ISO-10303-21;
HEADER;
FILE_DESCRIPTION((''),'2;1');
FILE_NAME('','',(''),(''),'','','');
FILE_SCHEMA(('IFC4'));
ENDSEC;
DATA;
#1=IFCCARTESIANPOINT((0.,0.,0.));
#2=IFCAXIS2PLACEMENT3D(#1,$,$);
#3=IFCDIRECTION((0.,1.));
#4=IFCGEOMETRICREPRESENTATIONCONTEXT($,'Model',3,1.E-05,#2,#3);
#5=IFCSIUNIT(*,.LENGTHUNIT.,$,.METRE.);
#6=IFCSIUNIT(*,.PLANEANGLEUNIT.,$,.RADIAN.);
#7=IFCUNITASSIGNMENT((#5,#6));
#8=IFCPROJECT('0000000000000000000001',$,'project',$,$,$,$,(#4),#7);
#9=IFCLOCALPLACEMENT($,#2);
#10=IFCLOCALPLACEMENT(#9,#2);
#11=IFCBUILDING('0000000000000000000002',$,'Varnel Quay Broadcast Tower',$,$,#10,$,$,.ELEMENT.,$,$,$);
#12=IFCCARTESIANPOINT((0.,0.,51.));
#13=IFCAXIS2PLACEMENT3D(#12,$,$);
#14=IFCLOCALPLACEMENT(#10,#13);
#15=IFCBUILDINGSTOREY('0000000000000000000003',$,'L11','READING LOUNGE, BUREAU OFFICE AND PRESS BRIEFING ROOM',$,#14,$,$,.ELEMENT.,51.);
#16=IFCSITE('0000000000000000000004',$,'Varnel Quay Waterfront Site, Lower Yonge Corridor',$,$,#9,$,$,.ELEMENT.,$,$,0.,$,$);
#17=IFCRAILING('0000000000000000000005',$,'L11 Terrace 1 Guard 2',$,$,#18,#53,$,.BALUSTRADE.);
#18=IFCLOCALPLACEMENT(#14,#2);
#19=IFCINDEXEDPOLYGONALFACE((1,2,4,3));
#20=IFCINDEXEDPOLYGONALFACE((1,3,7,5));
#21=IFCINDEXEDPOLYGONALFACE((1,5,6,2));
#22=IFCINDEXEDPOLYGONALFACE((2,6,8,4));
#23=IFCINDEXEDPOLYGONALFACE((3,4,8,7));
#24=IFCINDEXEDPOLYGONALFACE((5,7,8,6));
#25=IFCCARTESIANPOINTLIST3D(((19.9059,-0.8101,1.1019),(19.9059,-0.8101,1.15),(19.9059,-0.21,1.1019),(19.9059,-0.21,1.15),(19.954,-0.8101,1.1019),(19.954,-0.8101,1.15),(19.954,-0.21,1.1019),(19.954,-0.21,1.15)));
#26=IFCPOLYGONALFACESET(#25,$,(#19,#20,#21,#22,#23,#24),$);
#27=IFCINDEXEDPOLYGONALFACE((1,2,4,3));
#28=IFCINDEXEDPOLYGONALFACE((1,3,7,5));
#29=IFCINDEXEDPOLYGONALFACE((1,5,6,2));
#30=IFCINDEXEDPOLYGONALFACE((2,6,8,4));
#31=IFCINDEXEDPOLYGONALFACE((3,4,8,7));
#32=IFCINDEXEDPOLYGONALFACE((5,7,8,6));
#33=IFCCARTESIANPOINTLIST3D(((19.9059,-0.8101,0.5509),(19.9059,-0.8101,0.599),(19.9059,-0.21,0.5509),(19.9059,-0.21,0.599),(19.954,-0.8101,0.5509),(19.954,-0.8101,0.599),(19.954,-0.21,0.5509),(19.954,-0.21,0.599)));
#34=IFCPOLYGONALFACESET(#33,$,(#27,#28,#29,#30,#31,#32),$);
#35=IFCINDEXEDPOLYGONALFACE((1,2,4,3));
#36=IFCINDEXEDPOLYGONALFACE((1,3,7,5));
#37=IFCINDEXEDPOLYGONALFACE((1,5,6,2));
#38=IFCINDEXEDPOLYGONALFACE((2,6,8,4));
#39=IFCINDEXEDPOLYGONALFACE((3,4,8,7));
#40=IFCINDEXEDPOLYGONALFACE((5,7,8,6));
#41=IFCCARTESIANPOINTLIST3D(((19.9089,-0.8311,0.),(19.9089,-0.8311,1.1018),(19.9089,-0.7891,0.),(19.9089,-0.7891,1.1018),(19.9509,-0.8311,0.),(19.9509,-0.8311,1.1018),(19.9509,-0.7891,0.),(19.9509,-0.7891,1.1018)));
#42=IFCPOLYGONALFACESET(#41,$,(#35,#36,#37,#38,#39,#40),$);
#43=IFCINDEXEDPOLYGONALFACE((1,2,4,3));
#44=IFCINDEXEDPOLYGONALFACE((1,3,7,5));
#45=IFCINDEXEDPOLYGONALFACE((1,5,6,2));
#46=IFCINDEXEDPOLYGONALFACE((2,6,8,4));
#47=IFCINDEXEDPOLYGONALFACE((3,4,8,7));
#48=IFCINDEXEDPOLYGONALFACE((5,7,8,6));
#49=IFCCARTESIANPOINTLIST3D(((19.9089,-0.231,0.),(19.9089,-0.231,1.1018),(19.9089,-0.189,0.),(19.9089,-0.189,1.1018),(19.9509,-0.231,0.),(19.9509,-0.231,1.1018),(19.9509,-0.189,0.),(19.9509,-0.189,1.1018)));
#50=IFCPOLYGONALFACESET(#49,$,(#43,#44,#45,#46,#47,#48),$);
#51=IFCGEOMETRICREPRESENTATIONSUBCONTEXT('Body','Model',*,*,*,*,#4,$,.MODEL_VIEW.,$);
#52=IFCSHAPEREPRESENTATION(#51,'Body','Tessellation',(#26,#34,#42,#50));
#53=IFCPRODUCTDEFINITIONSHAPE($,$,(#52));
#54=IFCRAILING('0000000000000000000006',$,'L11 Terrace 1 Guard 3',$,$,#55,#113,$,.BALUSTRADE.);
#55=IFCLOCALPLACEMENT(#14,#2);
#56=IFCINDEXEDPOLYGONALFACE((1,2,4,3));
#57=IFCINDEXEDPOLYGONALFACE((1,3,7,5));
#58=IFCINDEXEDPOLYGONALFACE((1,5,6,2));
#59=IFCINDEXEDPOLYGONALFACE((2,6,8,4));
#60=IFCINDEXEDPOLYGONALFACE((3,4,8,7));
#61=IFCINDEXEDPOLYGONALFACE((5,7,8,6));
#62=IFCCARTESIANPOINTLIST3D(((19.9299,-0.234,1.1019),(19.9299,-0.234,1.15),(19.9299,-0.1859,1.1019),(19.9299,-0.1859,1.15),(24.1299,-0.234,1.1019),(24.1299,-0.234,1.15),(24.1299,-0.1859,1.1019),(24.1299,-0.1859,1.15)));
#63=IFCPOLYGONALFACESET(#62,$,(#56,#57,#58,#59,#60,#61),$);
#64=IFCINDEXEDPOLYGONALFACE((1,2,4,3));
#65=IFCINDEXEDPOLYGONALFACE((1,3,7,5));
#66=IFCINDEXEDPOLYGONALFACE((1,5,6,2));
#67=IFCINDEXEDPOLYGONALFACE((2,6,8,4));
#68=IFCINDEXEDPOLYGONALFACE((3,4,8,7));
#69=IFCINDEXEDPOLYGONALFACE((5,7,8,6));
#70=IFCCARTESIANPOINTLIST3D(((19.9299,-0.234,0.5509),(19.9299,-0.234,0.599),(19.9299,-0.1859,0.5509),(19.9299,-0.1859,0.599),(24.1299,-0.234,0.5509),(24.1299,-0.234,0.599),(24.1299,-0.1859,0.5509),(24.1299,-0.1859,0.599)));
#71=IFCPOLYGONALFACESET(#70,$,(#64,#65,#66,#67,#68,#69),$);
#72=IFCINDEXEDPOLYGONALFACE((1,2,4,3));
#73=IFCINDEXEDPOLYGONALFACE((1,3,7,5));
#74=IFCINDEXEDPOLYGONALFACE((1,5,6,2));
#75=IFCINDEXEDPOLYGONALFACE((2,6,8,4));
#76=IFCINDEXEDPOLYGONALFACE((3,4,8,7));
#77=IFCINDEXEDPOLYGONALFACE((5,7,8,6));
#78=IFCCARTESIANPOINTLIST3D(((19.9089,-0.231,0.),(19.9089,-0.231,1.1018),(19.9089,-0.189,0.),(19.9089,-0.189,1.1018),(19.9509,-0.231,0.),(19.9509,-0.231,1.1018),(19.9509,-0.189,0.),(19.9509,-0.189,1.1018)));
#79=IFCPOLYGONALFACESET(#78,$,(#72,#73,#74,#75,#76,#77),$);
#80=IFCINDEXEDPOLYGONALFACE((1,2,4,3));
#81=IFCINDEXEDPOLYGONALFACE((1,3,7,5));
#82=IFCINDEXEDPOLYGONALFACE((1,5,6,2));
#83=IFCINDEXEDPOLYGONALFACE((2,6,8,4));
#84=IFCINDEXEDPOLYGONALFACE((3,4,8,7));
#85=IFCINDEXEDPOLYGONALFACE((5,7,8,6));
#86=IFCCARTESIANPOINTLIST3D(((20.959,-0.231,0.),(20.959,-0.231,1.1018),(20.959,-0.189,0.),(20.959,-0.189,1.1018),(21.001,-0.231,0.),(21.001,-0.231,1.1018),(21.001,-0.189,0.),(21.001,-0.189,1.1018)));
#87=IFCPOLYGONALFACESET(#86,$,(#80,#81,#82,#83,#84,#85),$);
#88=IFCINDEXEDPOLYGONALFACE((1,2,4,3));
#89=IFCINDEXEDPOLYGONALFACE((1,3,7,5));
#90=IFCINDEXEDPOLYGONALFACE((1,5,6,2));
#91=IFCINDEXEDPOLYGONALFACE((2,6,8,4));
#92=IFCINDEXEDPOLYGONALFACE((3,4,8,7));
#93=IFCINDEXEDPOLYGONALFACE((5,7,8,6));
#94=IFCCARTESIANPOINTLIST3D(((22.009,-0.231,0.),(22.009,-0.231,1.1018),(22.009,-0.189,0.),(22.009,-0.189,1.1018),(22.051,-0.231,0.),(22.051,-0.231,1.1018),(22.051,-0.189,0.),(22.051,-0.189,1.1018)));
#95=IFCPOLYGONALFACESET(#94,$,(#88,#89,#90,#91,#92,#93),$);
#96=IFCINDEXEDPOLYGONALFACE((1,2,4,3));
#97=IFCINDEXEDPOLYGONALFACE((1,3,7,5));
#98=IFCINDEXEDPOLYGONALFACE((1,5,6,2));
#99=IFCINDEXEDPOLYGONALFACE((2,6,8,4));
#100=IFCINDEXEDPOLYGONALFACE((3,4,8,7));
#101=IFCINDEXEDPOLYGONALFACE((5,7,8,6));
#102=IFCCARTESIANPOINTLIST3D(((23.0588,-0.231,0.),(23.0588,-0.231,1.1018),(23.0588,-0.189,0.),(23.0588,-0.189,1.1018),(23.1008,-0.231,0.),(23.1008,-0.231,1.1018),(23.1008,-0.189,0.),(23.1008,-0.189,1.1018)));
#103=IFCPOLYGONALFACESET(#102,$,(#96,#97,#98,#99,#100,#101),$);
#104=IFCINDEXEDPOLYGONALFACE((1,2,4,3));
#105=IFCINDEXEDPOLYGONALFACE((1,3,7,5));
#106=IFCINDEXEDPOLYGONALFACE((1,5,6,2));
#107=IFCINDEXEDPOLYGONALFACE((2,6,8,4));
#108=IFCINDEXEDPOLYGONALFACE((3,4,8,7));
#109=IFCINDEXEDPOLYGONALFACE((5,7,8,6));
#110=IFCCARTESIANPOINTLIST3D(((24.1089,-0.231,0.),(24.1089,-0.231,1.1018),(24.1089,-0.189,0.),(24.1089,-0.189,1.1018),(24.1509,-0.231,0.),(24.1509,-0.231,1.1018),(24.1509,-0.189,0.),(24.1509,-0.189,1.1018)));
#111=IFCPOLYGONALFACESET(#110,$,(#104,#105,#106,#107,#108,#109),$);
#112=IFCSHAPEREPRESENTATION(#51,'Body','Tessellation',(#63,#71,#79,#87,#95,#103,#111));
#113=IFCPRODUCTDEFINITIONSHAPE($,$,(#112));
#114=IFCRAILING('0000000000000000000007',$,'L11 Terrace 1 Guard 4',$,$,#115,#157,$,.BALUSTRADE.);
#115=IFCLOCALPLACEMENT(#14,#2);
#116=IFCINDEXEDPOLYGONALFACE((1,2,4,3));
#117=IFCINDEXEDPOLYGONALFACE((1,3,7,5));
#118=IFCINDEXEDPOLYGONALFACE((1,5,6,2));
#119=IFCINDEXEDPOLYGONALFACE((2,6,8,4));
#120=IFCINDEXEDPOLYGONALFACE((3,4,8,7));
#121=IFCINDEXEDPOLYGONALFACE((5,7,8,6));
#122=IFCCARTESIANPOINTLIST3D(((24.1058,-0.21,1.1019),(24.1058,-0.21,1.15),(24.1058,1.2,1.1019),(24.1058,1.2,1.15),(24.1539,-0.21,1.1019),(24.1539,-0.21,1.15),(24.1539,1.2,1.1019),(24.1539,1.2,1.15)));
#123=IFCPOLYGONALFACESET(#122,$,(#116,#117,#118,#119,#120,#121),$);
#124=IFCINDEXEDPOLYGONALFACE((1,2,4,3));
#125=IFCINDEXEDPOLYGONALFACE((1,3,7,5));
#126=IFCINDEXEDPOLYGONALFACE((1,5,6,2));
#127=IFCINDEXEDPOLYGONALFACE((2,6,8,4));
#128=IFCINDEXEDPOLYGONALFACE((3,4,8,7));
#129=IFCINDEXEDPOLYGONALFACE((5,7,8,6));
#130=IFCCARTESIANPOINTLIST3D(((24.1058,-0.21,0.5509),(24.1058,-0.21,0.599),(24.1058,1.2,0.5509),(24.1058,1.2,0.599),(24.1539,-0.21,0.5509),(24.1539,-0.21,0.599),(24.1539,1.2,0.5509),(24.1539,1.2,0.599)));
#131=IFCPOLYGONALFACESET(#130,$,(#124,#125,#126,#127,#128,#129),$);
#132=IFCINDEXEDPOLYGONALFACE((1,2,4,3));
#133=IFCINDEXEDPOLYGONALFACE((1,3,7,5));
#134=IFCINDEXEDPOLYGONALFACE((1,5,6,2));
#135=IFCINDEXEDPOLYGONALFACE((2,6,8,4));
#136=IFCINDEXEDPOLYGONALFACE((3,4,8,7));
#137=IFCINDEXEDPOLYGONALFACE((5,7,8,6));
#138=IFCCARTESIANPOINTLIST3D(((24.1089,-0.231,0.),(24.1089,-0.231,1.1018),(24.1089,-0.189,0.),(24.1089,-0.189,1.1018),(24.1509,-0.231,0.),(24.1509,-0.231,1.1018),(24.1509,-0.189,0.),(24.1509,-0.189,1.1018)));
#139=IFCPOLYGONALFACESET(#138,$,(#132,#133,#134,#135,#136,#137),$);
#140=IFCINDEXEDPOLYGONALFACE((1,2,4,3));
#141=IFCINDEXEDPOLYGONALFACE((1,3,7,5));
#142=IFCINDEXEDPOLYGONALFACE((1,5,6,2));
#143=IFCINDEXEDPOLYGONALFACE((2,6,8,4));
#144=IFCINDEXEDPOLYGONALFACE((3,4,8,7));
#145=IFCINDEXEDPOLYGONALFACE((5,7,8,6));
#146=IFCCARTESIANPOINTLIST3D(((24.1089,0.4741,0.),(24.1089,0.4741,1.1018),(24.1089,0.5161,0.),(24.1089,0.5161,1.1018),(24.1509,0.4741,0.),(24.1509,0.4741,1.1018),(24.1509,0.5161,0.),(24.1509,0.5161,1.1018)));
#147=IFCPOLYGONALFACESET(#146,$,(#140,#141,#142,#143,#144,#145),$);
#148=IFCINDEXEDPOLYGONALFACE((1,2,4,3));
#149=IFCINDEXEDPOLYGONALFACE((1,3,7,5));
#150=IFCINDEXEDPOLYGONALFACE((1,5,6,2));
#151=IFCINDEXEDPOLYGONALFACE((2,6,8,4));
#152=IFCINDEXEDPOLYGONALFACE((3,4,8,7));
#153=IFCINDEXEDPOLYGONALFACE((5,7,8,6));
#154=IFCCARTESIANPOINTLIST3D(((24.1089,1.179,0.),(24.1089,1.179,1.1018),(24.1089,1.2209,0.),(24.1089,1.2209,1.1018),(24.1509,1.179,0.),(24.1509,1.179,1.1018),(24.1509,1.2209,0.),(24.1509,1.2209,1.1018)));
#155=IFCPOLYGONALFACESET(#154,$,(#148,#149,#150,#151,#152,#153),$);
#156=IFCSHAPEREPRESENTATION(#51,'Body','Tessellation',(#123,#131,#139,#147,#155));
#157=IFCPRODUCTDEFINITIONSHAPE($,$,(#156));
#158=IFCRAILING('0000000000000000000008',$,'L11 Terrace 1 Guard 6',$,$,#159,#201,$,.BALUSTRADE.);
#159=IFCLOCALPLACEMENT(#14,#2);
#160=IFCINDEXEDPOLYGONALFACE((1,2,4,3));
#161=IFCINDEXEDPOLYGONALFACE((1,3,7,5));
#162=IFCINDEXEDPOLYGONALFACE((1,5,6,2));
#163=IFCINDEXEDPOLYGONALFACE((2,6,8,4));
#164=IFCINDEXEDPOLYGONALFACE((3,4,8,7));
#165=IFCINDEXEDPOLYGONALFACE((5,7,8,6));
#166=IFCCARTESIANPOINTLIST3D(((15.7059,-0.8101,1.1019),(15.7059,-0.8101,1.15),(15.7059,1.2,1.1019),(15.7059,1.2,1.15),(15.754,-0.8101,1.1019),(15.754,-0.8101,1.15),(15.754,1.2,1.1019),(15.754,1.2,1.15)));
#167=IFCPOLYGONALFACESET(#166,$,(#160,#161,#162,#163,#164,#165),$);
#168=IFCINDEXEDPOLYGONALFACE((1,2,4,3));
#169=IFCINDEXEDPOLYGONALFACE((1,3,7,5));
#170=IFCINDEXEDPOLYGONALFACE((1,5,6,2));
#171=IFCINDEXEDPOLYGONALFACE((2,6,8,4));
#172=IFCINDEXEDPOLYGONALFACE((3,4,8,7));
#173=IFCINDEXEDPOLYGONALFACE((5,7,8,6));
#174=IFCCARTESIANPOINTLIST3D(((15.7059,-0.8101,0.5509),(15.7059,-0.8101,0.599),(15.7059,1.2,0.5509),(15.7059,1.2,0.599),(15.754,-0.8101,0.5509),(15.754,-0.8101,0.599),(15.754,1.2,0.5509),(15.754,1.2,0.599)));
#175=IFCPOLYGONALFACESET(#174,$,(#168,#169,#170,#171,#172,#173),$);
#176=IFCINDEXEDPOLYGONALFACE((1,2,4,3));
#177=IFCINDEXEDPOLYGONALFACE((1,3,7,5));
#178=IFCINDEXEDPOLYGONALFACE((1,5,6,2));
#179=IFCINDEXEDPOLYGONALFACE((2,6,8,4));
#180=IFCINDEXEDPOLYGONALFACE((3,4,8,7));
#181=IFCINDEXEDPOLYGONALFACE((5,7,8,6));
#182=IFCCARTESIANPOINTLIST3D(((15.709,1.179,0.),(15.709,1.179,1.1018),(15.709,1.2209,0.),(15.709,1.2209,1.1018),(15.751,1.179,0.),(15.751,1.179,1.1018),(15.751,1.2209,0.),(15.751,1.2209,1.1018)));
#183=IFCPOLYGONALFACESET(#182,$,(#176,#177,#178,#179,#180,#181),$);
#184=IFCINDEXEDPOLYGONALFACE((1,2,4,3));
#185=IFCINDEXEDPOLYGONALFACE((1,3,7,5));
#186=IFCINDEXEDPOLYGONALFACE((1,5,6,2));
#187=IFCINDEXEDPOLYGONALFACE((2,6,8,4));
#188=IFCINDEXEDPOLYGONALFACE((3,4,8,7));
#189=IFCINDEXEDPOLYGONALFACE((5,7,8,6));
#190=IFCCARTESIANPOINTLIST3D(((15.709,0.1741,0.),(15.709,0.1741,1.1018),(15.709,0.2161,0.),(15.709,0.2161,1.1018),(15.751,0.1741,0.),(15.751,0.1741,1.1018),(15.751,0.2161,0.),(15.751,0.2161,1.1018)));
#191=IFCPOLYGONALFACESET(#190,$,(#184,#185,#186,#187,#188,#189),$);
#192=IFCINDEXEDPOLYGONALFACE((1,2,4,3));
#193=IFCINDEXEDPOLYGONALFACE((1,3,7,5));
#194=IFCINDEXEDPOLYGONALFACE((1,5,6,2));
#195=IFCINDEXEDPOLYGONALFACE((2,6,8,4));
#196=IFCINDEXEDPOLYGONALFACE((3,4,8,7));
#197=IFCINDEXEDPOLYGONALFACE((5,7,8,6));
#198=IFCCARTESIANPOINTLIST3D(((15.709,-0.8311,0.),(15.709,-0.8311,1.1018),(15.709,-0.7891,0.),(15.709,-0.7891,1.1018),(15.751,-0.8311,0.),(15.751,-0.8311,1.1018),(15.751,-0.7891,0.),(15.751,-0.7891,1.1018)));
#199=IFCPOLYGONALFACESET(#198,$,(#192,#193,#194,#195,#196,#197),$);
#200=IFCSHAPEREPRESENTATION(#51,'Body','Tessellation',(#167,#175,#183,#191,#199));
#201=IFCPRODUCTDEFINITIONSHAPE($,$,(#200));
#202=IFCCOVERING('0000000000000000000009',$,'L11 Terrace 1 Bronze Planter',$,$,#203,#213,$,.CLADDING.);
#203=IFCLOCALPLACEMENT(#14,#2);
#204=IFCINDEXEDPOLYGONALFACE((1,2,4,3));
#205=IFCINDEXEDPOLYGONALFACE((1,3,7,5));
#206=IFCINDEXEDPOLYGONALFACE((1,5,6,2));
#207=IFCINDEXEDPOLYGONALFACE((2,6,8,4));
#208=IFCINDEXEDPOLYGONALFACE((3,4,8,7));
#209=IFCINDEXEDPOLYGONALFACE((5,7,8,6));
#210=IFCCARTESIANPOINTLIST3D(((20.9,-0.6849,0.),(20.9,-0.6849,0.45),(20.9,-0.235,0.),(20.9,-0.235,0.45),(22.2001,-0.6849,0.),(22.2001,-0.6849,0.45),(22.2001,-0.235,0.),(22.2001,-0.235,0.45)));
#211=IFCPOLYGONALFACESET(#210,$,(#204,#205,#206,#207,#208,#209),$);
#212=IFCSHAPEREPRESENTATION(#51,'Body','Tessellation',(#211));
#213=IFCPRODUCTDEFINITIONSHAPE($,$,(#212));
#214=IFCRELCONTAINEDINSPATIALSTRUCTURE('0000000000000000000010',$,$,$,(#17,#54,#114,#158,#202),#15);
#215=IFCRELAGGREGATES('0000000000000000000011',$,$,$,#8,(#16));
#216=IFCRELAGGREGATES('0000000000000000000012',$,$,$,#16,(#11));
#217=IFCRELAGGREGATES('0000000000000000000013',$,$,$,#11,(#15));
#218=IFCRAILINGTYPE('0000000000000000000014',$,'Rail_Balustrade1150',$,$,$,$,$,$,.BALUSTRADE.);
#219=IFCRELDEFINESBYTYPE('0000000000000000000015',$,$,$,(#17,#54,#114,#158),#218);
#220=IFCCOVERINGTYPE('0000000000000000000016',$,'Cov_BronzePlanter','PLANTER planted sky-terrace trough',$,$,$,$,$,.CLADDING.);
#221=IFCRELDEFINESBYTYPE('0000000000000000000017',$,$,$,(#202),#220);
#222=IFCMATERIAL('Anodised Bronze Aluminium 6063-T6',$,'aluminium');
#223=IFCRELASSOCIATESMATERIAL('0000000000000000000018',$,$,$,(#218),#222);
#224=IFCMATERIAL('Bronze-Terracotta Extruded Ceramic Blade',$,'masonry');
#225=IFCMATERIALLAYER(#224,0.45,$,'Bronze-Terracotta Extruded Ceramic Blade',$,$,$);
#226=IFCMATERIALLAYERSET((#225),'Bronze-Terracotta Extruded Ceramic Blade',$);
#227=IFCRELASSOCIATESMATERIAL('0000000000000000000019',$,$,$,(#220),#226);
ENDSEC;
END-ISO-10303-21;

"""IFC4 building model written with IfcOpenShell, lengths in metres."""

from ifc_helpers import new_model, si_unit, direction, frame, origin, origin_2d, place, context, subcontext, project, spatial, rectangle, extrude, source, transform, mapped, material, layer, layer_set, type_object, type_shapes, element, save


model = new_model("IFC4")

# Units and contexts
model_context = context("Model", 3, precision=1e-05, world=origin(), true_north=direction((0.0, 1.0)))
body_context = subcontext(model_context, "Body", "Model", "MODEL_VIEW")
ifc_project = project(units=[si_unit("LENGTHUNIT", "METRE"), si_unit("PLANEANGLEUNIT", "RADIAN")], contexts=[model_context])

# Site, building, storey
site_placement = place(None, origin())
site = spatial("IfcSite", under=ifc_project, at=site_placement, Name="Varnel Quay Waterfront Site, Lower Yonge Corridor", CompositionType="ELEMENT", RefElevation=0.0)
building_placement = place(site_placement, origin())
building = spatial("IfcBuilding", under=site, at=building_placement, Name="Varnel Quay Broadcast Tower", CompositionType="ELEMENT")
storey_placement = place(building_placement, frame((0.0, 0.0, 51.0)))
storey = spatial("IfcBuildingStorey", under=building, at=storey_placement, Name="L11", Description="READING LOUNGE, BUREAU OFFICE AND PRESS BRIEFING ROOM", CompositionType="ELEMENT", Elevation=51.0)

# Shared definitions
ifc_material_1 = material(Name="Anodised Bronze Aluminium 6063-T6", Category="aluminium")

# Railings
railing_type = type_object("IfcRailingType", Name="Rail_Balustrade1150", PredefinedType="BALUSTRADE", material=ifc_material_1)
railing_1_placement = place(storey_placement, frame((19.9299, -0.8101, 0.0)))
element("IfcRailing", 1, at=railing_1_placement, inside=storey, type_object=railing_type, Name="L11 Terrace 1 Guard 2", PredefinedType="BALUSTRADE", context=body_context, shape_type="SweptSolid", body=[
    extrude(rectangle(XDim=0.0481, YDim=0.0481, at=origin_2d()), frame((0.0, 0.0, 1.126), z_axis=(0.0, 1.0, 0.0), x_axis=(-1.0, 0.0, 0.0)), (0.0, 0.0, 1.0), 0.6001),
    extrude(rectangle(XDim=0.0481, YDim=0.0481, at=origin_2d()), frame((0.0, 0.0, 0.575), z_axis=(0.0, 1.0, 0.0), x_axis=(-1.0, 0.0, 0.0)), (0.0, 0.0, 1.0), 0.6001),
    extrude(rectangle(XDim=0.042, YDim=0.042, at=origin_2d()), origin(), (0.0, 0.0, 1.0), 1.1018),
    extrude(rectangle(XDim=0.042, YDim=0.042, at=origin_2d()), frame((0.0, 0.6001, 0.0)), (0.0, 0.0, 1.0), 1.1018),
])
railing_2_placement = place(storey_placement, frame((19.9299, -0.21, 0.0)))
element("IfcRailing", 2, at=railing_2_placement, inside=storey, type_object=railing_type, Name="L11 Terrace 1 Guard 3", PredefinedType="BALUSTRADE", context=body_context, shape_type="SweptSolid", body=[
    extrude(rectangle(XDim=0.0481, YDim=0.0481, at=origin_2d()), frame((0.0, 0.0, 1.126), z_axis=(1.0, 0.0, 0.0), x_axis=(0.0, 1.0, 0.0)), (0.0, 0.0, 1.0), 4.2),
    extrude(rectangle(XDim=0.0481, YDim=0.0481, at=origin_2d()), frame((0.0, 0.0, 0.575), z_axis=(1.0, 0.0, 0.0), x_axis=(0.0, 1.0, 0.0)), (0.0, 0.0, 1.0), 4.2),
    extrude(rectangle(XDim=0.042, YDim=0.042, at=origin_2d()), origin(), (0.0, 0.0, 1.0), 1.1018),
    extrude(rectangle(XDim=0.042, YDim=0.042, at=origin_2d()), frame((1.05, 0.0, 0.0)), (0.0, 0.0, 1.0), 1.1018),
    extrude(rectangle(XDim=0.042, YDim=0.042, at=origin_2d()), frame((2.1001, 0.0, 0.0)), (0.0, 0.0, 1.0), 1.1018),
    extrude(rectangle(XDim=0.042, YDim=0.042, at=origin_2d()), frame((3.1499, 0.0, 0.0)), (0.0, 0.0, 1.0), 1.1018),
    extrude(rectangle(XDim=0.042, YDim=0.042, at=origin_2d()), frame((4.2, 0.0, 0.0)), (0.0, 0.0, 1.0), 1.1018),
])
railing_3_placement = place(storey_placement, frame((24.1299, -0.21, 0.0)))
element("IfcRailing", 3, at=railing_3_placement, inside=storey, type_object=railing_type, Name="L11 Terrace 1 Guard 4", PredefinedType="BALUSTRADE", context=body_context, shape_type="SweptSolid", body=[
    extrude(rectangle(XDim=0.0481, YDim=0.0481, at=origin_2d()), frame((0.0, 0.0, 1.126), z_axis=(0.0, 1.0, 0.0), x_axis=(-1.0, 0.0, 0.0)), (0.0, 0.0, 1.0), 1.4099),
    extrude(rectangle(XDim=0.0481, YDim=0.0481, at=origin_2d()), frame((0.0, 0.0, 0.575), z_axis=(0.0, 1.0, 0.0), x_axis=(-1.0, 0.0, 0.0)), (0.0, 0.0, 1.0), 1.4099),
    extrude(rectangle(XDim=0.042, YDim=0.042, at=origin_2d()), origin(), (0.0, 0.0, 1.0), 1.1018),
    extrude(rectangle(XDim=0.042, YDim=0.042, at=origin_2d()), frame((0.0, 0.7051, 0.0)), (0.0, 0.0, 1.0), 1.1018),
    extrude(rectangle(XDim=0.042, YDim=0.042, at=origin_2d()), frame((0.0, 1.4099, 0.0)), (0.0, 0.0, 1.0), 1.1018),
])
railing_4_placement = place(storey_placement, frame((15.73, 1.2, 0.0)))
element("IfcRailing", 4, at=railing_4_placement, inside=storey, type_object=railing_type, Name="L11 Terrace 1 Guard 6", PredefinedType="BALUSTRADE", context=body_context, shape_type="SweptSolid", body=[
    extrude(rectangle(XDim=0.0481, YDim=0.0481, at=origin_2d()), frame((0.0, 0.0, 1.126), z_axis=(0.0, -1.0, 0.0), x_axis=(1.0, 0.0, 0.0)), (0.0, 0.0, 1.0), 2.01),
    extrude(rectangle(XDim=0.0481, YDim=0.0481, at=origin_2d()), frame((0.0, 0.0, 0.575), z_axis=(0.0, -1.0, 0.0), x_axis=(1.0, 0.0, 0.0)), (0.0, 0.0, 1.0), 2.01),
    extrude(rectangle(XDim=0.042, YDim=0.042, at=origin_2d()), origin(), (0.0, 0.0, 1.0), 1.1018),
    extrude(rectangle(XDim=0.042, YDim=0.042, at=origin_2d()), frame((0.0, -1.0049, 0.0)), (0.0, 0.0, 1.0), 1.1018),
    extrude(rectangle(XDim=0.042, YDim=0.042, at=origin_2d()), frame((0.0, -2.01, 0.0)), (0.0, 0.0, 1.0), 1.1018),
])

# Covering
ifc_material_2 = material(Name="Bronze-Terracotta Extruded Ceramic Blade", Category="masonry")
ifc_layer_1 = layer(ifc_material_2, 0.45, Name="Bronze-Terracotta Extruded Ceramic Blade")
ifc_layer_set_1 = layer_set([ifc_layer_1], Name="Bronze-Terracotta Extruded Ceramic Blade")
covering_type = type_object("IfcCoveringType", Name="Cov_BronzePlanter", Description="PLANTER planted sky-terrace trough", PredefinedType="CLADDING", material=ifc_layer_set_1)
shared_shape_1 = source(origin(), body_context, "Body", "SweptSolid", [
    extrude(rectangle(XDim=1.3, YDim=0.45, at=origin_2d()), origin(), (0.0, 0.0, 1.0), 0.45),
])
type_shapes(covering_type, [shared_shape_1])
covering_placement = place(storey_placement, frame((21.55, -0.46, 0.0), z_axis=(0.0, 0.0, 1.0), x_axis=(1.0, 0.0, 0.0)))
element("IfcCovering", 5, at=covering_placement, inside=storey, type_object=covering_type, Name="L11 Terrace 1 Bronze Planter", PredefinedType="CLADDING", context=body_context, shape_type="MappedRepresentation", body=[
    mapped(shared_shape_1, transform((0.0, 0.0, 0.0), x_axis=(1.0, 0.0, 0.0), y_axis=(0.0, 1.0, 0.0), z_axis=(0.0, 0.0, 1.0), scale=1.0)),
])

save(model, "model.ifc")
